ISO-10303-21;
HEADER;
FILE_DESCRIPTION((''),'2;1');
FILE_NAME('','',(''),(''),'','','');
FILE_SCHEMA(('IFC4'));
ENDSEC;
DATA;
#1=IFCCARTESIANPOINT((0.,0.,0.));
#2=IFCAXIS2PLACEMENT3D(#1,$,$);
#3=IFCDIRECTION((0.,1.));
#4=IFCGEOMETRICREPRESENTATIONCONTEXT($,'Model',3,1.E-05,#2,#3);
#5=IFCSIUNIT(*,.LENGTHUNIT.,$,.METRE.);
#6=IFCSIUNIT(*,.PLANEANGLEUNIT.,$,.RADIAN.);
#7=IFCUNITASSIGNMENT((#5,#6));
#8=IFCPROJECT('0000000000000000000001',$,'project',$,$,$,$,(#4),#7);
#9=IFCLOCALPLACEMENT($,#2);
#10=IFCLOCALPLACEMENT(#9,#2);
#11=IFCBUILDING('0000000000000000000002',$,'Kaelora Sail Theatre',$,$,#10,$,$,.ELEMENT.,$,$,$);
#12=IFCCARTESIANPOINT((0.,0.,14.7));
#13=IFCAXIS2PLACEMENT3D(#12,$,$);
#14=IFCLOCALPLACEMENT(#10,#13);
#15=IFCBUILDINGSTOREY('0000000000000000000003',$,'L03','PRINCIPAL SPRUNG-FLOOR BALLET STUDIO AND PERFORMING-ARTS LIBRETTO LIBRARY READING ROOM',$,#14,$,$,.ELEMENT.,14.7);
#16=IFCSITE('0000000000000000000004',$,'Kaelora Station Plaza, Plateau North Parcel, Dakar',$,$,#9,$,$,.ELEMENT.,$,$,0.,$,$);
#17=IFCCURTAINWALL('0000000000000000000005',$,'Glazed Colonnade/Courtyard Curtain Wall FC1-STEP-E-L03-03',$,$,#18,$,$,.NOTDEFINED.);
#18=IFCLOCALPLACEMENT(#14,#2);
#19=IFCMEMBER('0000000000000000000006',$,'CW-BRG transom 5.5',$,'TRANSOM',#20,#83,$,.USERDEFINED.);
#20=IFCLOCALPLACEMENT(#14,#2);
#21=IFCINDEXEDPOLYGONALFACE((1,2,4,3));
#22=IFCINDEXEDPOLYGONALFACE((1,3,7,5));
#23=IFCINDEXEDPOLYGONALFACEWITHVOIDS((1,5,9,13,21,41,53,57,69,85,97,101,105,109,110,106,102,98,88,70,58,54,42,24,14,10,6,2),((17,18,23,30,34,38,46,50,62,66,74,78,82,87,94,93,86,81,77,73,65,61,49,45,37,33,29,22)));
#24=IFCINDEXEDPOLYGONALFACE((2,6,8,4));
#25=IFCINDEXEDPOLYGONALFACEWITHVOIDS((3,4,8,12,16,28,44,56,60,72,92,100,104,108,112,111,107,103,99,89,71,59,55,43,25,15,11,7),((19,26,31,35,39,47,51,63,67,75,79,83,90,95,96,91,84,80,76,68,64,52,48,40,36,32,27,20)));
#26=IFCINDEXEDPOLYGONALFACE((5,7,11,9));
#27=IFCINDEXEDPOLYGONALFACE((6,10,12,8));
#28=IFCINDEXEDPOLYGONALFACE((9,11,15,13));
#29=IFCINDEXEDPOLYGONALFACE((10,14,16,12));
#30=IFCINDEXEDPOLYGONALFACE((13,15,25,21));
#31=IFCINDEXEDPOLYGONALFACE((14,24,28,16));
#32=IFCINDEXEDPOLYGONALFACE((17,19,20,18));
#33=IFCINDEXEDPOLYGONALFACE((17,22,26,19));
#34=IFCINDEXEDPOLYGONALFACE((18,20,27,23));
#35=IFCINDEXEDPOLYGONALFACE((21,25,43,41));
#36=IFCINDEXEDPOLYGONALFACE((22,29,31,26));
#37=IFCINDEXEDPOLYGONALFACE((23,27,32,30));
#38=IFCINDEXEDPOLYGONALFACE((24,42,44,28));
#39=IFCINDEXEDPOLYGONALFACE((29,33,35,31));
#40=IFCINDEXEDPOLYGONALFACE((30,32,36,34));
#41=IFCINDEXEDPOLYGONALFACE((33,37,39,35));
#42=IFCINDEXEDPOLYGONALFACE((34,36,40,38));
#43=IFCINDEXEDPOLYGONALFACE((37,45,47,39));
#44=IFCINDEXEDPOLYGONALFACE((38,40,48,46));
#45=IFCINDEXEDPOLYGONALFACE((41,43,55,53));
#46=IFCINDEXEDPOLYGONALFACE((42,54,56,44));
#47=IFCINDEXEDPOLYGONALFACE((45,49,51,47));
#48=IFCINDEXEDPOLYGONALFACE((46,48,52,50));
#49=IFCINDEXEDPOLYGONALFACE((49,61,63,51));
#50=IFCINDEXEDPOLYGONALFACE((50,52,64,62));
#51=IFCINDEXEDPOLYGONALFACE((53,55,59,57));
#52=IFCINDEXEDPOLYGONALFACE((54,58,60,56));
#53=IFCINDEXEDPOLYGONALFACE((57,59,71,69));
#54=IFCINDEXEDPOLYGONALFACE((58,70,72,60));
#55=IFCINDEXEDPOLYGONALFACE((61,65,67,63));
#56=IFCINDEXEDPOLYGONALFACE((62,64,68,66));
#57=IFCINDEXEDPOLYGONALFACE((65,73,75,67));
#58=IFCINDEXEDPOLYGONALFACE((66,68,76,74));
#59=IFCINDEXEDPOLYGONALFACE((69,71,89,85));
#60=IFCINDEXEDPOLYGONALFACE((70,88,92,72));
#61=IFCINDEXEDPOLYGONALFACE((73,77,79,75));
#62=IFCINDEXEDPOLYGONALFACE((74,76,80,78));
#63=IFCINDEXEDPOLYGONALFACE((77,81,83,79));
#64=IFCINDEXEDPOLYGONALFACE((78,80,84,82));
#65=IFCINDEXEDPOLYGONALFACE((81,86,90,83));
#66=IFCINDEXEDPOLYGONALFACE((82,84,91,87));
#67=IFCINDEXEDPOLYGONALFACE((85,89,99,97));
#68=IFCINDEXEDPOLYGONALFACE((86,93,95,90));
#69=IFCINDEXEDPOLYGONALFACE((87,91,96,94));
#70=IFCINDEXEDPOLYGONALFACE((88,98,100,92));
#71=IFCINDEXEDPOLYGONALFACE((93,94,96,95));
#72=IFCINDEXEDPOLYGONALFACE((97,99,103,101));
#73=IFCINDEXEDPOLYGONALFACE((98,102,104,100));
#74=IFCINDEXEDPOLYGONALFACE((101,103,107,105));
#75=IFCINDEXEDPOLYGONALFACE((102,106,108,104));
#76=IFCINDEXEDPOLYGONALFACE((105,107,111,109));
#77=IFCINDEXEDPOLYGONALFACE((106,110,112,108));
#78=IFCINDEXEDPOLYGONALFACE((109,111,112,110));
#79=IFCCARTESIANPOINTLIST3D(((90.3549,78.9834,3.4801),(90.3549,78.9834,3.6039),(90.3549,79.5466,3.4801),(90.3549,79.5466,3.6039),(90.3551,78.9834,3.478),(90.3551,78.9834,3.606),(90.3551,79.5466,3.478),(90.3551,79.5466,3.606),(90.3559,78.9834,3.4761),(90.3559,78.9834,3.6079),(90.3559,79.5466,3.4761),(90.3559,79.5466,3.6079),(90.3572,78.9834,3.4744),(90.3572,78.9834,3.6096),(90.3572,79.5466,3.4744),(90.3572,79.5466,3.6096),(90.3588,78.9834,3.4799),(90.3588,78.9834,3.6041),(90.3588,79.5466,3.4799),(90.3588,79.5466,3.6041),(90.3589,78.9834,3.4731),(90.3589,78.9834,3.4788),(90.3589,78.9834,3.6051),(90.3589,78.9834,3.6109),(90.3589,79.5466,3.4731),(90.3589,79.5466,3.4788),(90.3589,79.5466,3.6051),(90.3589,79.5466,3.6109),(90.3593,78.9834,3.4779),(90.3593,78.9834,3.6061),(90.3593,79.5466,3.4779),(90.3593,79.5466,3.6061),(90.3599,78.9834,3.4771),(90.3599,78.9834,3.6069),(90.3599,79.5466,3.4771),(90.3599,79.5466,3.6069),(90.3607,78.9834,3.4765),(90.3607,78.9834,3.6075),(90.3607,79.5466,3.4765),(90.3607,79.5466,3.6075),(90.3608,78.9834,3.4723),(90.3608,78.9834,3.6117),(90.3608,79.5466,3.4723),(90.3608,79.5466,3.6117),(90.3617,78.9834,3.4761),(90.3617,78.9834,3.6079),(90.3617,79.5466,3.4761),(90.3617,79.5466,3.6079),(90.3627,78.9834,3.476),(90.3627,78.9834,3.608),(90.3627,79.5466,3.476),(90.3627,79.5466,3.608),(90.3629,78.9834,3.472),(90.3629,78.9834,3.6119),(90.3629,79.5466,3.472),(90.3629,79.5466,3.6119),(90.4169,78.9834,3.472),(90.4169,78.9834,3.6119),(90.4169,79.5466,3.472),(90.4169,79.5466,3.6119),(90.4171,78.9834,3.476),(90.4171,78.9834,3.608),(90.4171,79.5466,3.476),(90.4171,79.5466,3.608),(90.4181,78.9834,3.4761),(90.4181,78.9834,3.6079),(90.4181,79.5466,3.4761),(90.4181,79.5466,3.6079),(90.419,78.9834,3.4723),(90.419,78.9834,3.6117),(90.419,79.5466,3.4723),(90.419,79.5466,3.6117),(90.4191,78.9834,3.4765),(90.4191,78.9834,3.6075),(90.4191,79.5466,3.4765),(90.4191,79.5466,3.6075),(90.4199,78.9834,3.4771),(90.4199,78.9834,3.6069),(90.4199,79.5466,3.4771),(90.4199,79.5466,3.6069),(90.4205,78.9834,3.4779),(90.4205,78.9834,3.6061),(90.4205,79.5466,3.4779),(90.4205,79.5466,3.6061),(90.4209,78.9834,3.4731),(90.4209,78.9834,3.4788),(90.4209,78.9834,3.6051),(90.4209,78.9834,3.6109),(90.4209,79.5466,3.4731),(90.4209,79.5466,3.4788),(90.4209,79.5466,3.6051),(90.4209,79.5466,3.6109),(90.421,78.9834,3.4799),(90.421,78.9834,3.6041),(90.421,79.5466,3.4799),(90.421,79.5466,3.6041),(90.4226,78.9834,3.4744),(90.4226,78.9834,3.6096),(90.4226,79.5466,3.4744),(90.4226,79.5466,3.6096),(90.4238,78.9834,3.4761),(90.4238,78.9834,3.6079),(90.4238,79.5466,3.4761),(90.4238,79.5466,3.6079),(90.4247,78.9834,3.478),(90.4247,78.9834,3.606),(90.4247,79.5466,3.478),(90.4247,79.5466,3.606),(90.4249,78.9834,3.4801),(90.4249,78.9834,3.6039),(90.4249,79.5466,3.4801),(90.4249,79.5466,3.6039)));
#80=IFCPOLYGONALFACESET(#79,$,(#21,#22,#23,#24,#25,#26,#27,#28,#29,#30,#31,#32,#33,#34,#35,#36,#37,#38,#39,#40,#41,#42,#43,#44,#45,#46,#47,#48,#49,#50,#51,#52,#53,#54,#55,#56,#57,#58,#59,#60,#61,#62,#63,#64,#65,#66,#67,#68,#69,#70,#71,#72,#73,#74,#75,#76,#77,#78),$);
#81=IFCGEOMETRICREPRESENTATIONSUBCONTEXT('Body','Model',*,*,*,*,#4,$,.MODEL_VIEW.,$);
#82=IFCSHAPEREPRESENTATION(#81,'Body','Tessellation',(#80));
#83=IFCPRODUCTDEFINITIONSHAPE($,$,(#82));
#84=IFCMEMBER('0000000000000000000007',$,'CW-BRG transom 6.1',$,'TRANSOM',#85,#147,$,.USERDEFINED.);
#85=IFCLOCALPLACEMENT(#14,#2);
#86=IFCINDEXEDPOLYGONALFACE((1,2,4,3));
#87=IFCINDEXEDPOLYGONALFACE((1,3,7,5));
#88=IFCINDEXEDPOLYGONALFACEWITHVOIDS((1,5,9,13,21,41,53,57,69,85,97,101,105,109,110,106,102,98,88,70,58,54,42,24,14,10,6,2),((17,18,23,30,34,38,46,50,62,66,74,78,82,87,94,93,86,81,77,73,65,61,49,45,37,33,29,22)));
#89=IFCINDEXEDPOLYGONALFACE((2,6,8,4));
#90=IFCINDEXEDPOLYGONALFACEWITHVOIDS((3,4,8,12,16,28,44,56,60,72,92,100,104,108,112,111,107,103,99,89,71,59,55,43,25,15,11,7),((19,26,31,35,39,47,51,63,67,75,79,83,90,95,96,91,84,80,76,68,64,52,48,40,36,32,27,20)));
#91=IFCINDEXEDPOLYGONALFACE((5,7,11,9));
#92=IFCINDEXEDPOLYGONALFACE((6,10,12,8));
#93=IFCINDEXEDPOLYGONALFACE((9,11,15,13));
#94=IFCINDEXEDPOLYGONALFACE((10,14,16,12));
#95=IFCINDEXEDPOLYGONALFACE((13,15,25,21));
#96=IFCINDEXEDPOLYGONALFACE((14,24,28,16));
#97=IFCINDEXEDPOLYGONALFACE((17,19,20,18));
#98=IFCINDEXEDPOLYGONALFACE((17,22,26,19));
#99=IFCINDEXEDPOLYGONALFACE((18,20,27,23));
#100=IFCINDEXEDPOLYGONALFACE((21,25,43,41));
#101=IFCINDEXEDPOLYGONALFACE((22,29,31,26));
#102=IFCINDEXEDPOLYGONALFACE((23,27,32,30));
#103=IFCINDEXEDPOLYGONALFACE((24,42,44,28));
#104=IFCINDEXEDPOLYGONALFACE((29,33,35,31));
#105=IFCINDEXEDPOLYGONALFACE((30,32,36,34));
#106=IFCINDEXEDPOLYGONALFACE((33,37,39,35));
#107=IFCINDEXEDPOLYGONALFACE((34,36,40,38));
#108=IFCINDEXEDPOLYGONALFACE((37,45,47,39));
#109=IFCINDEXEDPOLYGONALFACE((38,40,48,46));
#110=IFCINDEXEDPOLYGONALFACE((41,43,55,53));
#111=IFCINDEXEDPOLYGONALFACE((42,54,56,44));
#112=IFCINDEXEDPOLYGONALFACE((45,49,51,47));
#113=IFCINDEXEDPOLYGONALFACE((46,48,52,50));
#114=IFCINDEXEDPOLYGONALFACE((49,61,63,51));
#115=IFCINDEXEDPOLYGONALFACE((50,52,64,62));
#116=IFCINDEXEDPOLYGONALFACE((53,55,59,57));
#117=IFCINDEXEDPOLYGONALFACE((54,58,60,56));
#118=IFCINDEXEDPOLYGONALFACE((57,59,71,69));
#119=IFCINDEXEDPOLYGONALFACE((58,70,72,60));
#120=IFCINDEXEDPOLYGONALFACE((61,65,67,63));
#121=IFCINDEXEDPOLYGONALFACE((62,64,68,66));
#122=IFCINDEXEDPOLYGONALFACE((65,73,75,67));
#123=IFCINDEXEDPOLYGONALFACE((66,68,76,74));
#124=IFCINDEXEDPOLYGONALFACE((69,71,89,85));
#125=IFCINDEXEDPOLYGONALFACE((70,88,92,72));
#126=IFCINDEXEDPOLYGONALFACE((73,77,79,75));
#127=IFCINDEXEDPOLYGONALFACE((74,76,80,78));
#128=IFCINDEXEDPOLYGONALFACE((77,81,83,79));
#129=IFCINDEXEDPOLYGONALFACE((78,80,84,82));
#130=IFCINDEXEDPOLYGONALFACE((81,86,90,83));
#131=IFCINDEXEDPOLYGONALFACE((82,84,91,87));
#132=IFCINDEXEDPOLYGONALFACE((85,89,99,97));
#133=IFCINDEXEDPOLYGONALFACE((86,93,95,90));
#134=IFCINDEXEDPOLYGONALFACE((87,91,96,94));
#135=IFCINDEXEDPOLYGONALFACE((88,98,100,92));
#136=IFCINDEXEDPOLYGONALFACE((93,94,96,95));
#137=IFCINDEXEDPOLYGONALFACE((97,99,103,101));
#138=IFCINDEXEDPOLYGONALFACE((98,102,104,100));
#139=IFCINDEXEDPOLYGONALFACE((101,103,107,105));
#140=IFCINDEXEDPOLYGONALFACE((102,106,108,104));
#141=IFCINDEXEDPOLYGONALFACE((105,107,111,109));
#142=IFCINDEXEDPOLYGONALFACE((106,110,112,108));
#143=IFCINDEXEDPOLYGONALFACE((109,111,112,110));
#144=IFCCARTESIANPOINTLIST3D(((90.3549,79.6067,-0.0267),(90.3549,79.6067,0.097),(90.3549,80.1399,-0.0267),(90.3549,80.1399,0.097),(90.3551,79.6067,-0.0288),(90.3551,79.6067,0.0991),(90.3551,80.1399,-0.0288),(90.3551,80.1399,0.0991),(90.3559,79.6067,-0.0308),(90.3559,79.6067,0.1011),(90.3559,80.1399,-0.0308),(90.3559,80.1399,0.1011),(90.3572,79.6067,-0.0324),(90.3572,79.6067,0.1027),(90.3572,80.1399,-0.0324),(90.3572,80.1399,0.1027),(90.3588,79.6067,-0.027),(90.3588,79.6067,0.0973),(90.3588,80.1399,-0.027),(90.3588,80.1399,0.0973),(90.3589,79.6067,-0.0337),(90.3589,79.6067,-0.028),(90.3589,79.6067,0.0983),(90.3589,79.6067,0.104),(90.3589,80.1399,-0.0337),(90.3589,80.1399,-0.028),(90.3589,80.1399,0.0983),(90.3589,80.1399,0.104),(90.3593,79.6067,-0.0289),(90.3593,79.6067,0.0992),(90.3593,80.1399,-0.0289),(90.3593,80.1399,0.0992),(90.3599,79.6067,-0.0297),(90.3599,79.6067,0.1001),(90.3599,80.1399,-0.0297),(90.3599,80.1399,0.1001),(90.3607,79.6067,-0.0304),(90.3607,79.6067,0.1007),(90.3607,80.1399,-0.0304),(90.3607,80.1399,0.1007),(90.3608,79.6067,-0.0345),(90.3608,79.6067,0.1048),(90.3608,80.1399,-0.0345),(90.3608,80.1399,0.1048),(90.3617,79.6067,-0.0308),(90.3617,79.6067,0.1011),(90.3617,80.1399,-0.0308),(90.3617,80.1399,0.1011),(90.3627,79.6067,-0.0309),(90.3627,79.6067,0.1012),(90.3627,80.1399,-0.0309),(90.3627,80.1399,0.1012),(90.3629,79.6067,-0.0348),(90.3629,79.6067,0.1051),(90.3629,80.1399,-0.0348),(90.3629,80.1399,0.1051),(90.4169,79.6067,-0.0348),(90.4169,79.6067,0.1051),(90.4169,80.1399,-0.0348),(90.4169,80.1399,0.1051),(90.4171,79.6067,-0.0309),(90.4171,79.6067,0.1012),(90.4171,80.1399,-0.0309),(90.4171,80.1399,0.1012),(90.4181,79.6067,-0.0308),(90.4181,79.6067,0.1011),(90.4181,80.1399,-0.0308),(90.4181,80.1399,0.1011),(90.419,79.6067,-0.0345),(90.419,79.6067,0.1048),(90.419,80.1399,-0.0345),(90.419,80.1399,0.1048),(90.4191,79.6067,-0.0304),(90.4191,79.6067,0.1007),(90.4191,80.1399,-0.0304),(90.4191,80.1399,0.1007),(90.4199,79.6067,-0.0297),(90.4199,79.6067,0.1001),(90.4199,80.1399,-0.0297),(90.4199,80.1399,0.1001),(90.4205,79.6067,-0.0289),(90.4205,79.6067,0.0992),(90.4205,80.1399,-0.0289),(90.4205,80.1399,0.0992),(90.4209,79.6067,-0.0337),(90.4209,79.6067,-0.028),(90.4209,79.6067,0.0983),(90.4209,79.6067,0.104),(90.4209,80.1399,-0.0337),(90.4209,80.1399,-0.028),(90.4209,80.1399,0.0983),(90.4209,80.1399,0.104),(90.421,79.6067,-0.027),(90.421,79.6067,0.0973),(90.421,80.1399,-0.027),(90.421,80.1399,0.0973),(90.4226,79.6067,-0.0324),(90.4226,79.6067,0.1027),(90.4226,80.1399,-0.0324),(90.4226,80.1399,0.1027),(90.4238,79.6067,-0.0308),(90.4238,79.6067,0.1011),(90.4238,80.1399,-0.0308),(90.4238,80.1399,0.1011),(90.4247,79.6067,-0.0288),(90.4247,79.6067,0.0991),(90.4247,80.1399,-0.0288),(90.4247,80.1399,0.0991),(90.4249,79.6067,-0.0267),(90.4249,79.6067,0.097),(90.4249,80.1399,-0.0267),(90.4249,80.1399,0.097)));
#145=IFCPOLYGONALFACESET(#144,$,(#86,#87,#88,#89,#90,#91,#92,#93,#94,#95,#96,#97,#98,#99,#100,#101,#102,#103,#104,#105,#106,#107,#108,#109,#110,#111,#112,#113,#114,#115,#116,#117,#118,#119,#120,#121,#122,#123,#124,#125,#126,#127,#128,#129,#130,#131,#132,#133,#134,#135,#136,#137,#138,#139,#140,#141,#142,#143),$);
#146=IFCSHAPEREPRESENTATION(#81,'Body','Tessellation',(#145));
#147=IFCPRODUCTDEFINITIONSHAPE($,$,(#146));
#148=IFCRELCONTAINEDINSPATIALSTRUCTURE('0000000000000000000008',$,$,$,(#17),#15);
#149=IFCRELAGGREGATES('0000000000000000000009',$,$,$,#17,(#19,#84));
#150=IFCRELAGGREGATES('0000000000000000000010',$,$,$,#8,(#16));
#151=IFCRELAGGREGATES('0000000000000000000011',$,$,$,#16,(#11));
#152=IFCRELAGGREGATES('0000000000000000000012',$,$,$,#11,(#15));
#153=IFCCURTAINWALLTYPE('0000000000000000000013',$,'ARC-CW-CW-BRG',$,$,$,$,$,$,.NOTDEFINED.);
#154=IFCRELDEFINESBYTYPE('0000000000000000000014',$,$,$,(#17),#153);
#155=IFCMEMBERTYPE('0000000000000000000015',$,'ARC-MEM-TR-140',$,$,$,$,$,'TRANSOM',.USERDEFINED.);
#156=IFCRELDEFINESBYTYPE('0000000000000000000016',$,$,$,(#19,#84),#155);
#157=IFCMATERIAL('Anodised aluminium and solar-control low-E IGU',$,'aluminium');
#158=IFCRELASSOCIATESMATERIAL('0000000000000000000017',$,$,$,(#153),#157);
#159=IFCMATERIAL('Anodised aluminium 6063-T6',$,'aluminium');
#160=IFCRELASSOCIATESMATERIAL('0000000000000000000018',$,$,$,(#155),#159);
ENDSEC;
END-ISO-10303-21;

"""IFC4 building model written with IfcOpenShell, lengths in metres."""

from ifc_helpers import new_model, si_unit, direction, frame, origin, origin_2d, place, context, subcontext, project, spatial, hollow_rectangle, extrude, material, material_profile, profile_set, type_object, element, aggregate, save


model = new_model("IFC4")

# Units and contexts
model_context = context("Model", 3, precision=1e-05, world=origin(), true_north=direction((0.0, 1.0)))
body_context = subcontext(model_context, "Body", "Model", "MODEL_VIEW")
ifc_project = project(units=[si_unit("LENGTHUNIT", "METRE"), si_unit("PLANEANGLEUNIT", "RADIAN")], contexts=[model_context])

# Site, building, storey
site_placement = place(None, origin())
site = spatial("IfcSite", under=ifc_project, at=site_placement, Name="Kaelora Station Plaza, Plateau North Parcel, Dakar", CompositionType="ELEMENT", RefElevation=0.0)
building_placement = place(site_placement, origin())
building = spatial("IfcBuilding", under=site, at=building_placement, Name="Kaelora Sail Theatre", CompositionType="ELEMENT")
storey_placement = place(building_placement, frame((0.0, 0.0, 14.7)))
storey = spatial("IfcBuildingStorey", under=building, at=storey_placement, Name="L03", Description="PRINCIPAL SPRUNG-FLOOR BALLET STUDIO AND PERFORMING-ARTS LIBRETTO LIBRARY READING ROOM", CompositionType="ELEMENT", Elevation=14.7)

# Curtain wall, members
ifc_material_1 = material(Name="Anodised aluminium and solar-control low-E IGU", Category="aluminium")
curtain_wall_type = type_object("IfcCurtainWallType", Name="ARC-CW-CW-BRG", PredefinedType="NOTDEFINED", material=ifc_material_1)
curtain_wall_placement = place(storey_placement, origin())
curtain_wall = element("IfcCurtainWall", 1, at=curtain_wall_placement, inside=storey, type_object=curtain_wall_type, Name="Glazed Colonnade/Courtyard Curtain Wall FC1-STEP-E-L03-03", PredefinedType="NOTDEFINED")
ifc_material_2 = material(Name="Anodised aluminium 6063-T6", Category="aluminium")
ifc_material_profile_1 = material_profile(ifc_material_2, hollow_rectangle(XDim=0.0701, YDim=0.1399, WallThickness=0.0039, InnerFilletRadius=0.0039, OuterFilletRadius=0.0081, at=origin_2d()), Name="ALU-TRAN 70x140x4")
ifc_profile_set_1 = profile_set([ifc_material_profile_1], Name="Anodised aluminium 6063-T6")
member_type_1 = type_object("IfcMemberType", Name="ARC-MEM-TR-140", ElementType="TRANSOM", PredefinedType="USERDEFINED", material=ifc_profile_set_1)
member_1_placement = place(storey_placement, frame((90.3899, 78.9834, 3.542), z_axis=(0.0, 1.0, 0.0), x_axis=(-1.0, 0.0, 0.0)))
member_1 = element("IfcMember", 2, at=member_1_placement, type_object=member_type_1, Name="CW-BRG transom 5.5", ObjectType="TRANSOM", PredefinedType="USERDEFINED", context=body_context, shape_type="SweptSolid", body=[
    extrude(hollow_rectangle(XDim=0.0701, YDim=0.1399, WallThickness=0.0039, InnerFilletRadius=0.0039, OuterFilletRadius=0.0081, at=origin_2d()), origin(), (0.0, 0.0, 1.0), 0.5632),
])
member_2_placement = place(storey_placement, frame((90.3899, 79.6067, 0.0352), z_axis=(0.0, 1.0, 0.0), x_axis=(-1.0, 0.0, 0.0)))
member_2 = element("IfcMember", 3, at=member_2_placement, type_object=member_type_1, Name="CW-BRG transom 6.1", ObjectType="TRANSOM", PredefinedType="USERDEFINED", context=body_context, shape_type="SweptSolid", body=[
    extrude(hollow_rectangle(XDim=0.0701, YDim=0.1399, WallThickness=0.0039, InnerFilletRadius=0.0039, OuterFilletRadius=0.0081, at=origin_2d()), origin(), (0.0, 0.0, 1.0), 0.5332),
])
aggregate(curtain_wall, [member_1, member_2])

save(model, "model.ifc")
